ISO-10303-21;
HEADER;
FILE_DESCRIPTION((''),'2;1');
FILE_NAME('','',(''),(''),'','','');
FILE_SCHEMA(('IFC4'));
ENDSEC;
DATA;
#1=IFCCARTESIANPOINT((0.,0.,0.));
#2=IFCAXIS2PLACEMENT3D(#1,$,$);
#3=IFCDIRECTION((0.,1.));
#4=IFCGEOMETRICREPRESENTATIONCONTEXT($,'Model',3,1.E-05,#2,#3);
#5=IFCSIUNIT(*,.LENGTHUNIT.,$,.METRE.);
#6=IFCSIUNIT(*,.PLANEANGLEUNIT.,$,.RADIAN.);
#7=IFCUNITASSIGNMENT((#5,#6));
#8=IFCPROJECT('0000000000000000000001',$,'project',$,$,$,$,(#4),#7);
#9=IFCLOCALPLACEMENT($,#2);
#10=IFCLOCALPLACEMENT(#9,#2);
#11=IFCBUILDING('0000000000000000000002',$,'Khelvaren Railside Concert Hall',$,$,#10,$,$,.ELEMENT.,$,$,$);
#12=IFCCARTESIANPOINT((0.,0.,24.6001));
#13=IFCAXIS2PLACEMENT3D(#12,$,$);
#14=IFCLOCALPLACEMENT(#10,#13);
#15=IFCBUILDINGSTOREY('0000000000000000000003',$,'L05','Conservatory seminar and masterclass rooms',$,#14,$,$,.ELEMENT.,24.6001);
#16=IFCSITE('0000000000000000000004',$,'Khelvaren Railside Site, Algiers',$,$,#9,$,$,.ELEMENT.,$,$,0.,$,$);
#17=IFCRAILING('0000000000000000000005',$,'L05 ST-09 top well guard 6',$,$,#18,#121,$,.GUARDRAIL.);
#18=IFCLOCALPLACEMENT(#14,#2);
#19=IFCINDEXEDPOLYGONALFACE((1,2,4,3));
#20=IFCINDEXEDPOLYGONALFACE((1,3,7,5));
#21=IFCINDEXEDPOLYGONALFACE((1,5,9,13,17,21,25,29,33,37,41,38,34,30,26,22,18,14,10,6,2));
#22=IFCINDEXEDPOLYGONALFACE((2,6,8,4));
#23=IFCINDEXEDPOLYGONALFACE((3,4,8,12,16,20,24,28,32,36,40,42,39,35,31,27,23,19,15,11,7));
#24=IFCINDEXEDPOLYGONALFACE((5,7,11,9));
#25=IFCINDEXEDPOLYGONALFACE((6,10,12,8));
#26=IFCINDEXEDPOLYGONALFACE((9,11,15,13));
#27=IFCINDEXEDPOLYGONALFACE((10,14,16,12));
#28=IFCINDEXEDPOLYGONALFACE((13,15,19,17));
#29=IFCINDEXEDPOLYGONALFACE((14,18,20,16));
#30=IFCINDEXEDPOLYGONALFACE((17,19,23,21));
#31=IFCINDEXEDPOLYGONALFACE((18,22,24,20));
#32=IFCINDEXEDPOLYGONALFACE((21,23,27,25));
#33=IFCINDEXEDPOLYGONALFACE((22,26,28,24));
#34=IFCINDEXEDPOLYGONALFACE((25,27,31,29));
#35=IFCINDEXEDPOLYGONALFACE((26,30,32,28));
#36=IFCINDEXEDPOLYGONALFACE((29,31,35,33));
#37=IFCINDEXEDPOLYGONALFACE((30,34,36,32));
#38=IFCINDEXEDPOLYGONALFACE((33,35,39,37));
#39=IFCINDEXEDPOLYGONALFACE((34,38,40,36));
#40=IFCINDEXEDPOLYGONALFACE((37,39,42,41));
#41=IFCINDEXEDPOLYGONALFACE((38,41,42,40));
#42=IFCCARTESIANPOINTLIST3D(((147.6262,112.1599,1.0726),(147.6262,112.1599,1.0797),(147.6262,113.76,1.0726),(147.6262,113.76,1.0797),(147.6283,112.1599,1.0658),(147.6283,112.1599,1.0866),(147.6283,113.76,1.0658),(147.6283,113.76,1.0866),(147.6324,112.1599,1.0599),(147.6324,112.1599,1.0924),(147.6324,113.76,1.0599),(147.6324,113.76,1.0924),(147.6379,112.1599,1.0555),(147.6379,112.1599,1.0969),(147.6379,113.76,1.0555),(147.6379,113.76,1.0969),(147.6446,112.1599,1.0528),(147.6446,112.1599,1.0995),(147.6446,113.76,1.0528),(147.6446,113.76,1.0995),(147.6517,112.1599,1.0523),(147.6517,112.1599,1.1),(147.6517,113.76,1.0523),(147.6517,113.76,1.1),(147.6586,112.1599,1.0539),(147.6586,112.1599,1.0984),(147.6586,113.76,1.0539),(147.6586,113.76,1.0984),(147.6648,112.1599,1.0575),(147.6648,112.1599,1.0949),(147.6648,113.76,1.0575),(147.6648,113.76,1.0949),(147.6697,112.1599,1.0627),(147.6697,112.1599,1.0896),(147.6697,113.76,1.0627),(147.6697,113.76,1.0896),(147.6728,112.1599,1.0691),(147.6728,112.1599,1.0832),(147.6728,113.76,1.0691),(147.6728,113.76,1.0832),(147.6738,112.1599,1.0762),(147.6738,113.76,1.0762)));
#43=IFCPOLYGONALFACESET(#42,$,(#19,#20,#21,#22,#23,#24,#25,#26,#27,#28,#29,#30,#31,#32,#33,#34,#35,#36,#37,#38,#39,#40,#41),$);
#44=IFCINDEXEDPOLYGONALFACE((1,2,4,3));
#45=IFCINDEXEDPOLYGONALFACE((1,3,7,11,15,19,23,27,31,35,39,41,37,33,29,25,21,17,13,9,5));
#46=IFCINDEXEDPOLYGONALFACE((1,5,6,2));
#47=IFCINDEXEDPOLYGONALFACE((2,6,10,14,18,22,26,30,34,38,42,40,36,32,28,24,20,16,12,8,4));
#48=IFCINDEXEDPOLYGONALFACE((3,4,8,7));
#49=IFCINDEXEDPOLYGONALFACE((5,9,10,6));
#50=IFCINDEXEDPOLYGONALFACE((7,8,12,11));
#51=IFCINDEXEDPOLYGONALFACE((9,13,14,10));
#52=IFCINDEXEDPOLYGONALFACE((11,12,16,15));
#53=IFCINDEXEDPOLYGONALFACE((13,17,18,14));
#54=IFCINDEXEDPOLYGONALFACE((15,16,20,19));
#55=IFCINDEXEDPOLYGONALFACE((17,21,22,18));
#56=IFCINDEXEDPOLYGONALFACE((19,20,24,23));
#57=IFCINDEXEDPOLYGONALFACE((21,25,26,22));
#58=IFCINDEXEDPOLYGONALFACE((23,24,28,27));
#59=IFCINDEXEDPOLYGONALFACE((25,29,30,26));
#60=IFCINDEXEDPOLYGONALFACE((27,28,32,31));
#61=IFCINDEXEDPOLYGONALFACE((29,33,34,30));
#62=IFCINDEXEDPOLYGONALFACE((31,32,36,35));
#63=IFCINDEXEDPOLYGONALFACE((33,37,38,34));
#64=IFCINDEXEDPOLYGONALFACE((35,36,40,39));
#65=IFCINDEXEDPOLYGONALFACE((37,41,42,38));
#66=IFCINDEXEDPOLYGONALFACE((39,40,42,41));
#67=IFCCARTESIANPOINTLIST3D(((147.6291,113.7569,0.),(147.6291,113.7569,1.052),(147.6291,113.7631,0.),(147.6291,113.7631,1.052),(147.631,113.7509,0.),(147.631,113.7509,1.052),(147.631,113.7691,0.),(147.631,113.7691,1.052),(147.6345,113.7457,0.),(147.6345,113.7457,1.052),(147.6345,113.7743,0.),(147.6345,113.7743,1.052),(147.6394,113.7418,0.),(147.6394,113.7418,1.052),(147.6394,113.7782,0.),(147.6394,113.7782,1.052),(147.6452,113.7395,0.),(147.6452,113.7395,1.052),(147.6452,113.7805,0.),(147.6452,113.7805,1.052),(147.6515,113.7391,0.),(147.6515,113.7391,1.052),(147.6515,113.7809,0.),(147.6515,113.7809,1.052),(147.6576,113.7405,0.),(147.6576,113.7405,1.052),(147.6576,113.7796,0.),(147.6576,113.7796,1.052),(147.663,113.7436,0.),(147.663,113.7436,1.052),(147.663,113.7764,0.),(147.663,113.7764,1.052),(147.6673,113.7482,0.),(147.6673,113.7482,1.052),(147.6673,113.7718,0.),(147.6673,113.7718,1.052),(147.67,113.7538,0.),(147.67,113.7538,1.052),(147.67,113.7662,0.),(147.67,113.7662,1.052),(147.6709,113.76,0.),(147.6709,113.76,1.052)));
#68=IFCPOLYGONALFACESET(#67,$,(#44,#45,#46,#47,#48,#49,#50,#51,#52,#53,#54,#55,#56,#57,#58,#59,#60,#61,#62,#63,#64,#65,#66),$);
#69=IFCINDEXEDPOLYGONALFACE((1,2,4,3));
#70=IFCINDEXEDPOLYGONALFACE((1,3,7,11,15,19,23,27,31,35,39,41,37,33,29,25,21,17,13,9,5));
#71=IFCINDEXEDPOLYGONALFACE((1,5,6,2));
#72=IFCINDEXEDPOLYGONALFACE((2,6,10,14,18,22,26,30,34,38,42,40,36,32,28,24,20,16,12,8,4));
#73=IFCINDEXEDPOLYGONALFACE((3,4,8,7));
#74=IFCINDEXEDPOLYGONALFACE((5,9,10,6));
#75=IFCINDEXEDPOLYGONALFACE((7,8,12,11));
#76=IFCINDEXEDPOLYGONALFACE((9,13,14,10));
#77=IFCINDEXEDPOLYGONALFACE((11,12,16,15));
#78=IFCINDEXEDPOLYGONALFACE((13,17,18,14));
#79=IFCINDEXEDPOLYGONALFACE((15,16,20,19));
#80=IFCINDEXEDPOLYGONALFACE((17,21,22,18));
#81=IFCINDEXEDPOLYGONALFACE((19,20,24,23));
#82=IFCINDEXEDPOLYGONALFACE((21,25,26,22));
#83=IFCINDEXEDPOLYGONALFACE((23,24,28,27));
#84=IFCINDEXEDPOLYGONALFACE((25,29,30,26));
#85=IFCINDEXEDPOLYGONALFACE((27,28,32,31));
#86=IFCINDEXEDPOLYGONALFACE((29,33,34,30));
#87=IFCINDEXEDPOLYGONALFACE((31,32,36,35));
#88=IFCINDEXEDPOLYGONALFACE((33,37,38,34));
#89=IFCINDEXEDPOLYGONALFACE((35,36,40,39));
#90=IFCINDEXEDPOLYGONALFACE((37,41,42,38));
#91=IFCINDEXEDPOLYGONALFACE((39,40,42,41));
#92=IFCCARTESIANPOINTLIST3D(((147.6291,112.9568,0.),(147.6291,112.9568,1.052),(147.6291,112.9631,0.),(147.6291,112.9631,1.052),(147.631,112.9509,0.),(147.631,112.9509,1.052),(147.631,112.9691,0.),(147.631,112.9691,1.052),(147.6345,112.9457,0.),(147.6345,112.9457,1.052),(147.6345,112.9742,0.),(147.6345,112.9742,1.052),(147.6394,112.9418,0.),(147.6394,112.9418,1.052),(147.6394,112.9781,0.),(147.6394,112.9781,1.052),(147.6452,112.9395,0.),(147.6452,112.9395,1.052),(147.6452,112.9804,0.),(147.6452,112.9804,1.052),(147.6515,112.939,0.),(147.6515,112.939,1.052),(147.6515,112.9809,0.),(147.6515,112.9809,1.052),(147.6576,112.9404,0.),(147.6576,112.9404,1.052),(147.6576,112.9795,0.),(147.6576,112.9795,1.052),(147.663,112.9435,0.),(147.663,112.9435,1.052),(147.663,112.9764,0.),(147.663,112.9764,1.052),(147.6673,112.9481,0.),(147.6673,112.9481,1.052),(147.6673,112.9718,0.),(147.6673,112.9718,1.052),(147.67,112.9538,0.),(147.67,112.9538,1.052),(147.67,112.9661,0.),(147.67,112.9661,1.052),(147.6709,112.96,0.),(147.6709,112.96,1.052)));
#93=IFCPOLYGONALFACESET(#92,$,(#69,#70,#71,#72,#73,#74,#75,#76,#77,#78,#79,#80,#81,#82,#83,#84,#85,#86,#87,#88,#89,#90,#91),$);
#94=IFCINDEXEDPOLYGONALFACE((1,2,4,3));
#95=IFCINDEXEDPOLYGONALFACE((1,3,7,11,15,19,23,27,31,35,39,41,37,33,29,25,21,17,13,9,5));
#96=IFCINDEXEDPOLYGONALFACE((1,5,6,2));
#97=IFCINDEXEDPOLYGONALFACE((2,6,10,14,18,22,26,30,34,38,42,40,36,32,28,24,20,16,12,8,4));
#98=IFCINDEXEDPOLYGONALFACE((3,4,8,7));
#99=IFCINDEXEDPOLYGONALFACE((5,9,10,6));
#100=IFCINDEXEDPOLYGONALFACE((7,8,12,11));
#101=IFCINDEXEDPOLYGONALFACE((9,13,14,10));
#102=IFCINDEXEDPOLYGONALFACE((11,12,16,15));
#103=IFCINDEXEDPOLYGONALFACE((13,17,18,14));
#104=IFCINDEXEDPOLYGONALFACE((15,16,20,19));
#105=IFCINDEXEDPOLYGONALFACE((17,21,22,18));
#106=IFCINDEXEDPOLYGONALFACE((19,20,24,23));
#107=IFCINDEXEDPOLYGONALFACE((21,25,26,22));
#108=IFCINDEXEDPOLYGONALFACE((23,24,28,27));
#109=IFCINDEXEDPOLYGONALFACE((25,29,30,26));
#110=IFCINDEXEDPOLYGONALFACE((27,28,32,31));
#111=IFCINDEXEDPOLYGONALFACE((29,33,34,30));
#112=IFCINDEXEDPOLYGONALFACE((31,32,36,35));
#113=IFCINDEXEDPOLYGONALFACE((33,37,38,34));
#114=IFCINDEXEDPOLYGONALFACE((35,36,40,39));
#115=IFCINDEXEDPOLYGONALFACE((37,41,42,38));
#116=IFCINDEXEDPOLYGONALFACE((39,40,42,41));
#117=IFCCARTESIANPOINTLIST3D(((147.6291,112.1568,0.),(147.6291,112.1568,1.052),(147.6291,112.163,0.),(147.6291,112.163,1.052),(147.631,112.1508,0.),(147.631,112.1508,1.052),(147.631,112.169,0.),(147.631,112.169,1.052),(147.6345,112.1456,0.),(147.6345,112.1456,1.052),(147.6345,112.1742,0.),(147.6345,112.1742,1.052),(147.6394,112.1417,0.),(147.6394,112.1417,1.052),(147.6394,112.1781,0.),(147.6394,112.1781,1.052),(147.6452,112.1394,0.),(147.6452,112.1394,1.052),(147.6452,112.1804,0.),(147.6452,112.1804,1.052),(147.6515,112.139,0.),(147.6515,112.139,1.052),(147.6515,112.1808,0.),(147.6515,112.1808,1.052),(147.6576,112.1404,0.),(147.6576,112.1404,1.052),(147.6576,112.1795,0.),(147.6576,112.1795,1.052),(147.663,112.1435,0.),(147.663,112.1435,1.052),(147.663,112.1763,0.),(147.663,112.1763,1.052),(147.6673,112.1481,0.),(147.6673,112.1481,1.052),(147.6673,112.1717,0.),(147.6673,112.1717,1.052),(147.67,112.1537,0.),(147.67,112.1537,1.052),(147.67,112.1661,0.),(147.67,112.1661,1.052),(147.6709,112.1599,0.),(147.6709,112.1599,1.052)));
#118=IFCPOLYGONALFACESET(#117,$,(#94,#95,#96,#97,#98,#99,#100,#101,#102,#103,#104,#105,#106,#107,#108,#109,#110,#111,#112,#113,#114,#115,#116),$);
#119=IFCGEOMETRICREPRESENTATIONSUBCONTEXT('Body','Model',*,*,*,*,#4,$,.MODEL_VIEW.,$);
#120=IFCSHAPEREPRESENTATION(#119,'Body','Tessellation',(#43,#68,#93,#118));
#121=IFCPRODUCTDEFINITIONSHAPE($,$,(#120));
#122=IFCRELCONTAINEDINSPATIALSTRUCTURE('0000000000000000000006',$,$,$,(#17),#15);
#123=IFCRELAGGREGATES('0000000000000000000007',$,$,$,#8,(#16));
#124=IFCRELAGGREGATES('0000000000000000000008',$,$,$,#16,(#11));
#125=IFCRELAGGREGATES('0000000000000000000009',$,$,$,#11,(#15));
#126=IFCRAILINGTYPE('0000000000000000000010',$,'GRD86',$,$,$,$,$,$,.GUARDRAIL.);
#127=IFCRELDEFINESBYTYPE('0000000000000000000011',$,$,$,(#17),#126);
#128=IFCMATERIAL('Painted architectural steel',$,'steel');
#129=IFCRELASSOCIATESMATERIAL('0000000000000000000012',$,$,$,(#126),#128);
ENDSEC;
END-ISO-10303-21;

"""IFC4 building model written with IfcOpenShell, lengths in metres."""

from ifc_helpers import new_model, si_unit, direction, frame, origin, origin_2d, place, context, subcontext, project, spatial, circle, extrude, material, type_object, element, save


model = new_model("IFC4")

# Units and contexts
model_context = context("Model", 3, precision=1e-05, world=origin(), true_north=direction((0.0, 1.0)))
body_context = subcontext(model_context, "Body", "Model", "MODEL_VIEW")
ifc_project = project(units=[si_unit("LENGTHUNIT", "METRE"), si_unit("PLANEANGLEUNIT", "RADIAN")], contexts=[model_context])

# Site, building, storey
site_placement = place(None, origin())
site = spatial("IfcSite", under=ifc_project, at=site_placement, Name="Khelvaren Railside Site, Algiers", CompositionType="ELEMENT", RefElevation=0.0)
building_placement = place(site_placement, origin())
building = spatial("IfcBuilding", under=site, at=building_placement, Name="Khelvaren Railside Concert Hall", CompositionType="ELEMENT")
storey_placement = place(building_placement, frame((0.0, 0.0, 24.6001)))
storey = spatial("IfcBuildingStorey", under=building, at=storey_placement, Name="L05", Description="Conservatory seminar and masterclass rooms", CompositionType="ELEMENT", Elevation=24.6001)

# Railing
ifc_material_1 = material(Name="Painted architectural steel", Category="steel")
railing_type = type_object("IfcRailingType", Name="GRD86", PredefinedType="GUARDRAIL", material=ifc_material_1)
railing_1_placement = place(storey_placement, frame((147.6499, 113.76, 0.0)))
element("IfcRailing", 1, at=railing_1_placement, inside=storey, type_object=railing_type, Name="L05 ST-09 top well guard 6", PredefinedType="GUARDRAIL", context=body_context, shape_type="SweptSolid", body=[
    extrude(circle(Radius=0.0239, at=origin_2d()), frame((0.0, 0.0, 1.0762), z_axis=(0.0, -1.0, 0.0), x_axis=(1.0, 0.0, 0.0)), (0.0, 0.0, 1.0), 1.6001),
    extrude(circle(Radius=0.021, at=origin_2d()), origin(), (0.0, 0.0, 1.0), 1.052),
    extrude(circle(Radius=0.021, at=origin_2d()), frame((0.0, -0.8, 0.0)), (0.0, 0.0, 1.0), 1.052),
    extrude(circle(Radius=0.021, at=origin_2d()), frame((0.0, -1.6001, 0.0)), (0.0, 0.0, 1.0), 1.052),
])

save(model, "model.ifc")
